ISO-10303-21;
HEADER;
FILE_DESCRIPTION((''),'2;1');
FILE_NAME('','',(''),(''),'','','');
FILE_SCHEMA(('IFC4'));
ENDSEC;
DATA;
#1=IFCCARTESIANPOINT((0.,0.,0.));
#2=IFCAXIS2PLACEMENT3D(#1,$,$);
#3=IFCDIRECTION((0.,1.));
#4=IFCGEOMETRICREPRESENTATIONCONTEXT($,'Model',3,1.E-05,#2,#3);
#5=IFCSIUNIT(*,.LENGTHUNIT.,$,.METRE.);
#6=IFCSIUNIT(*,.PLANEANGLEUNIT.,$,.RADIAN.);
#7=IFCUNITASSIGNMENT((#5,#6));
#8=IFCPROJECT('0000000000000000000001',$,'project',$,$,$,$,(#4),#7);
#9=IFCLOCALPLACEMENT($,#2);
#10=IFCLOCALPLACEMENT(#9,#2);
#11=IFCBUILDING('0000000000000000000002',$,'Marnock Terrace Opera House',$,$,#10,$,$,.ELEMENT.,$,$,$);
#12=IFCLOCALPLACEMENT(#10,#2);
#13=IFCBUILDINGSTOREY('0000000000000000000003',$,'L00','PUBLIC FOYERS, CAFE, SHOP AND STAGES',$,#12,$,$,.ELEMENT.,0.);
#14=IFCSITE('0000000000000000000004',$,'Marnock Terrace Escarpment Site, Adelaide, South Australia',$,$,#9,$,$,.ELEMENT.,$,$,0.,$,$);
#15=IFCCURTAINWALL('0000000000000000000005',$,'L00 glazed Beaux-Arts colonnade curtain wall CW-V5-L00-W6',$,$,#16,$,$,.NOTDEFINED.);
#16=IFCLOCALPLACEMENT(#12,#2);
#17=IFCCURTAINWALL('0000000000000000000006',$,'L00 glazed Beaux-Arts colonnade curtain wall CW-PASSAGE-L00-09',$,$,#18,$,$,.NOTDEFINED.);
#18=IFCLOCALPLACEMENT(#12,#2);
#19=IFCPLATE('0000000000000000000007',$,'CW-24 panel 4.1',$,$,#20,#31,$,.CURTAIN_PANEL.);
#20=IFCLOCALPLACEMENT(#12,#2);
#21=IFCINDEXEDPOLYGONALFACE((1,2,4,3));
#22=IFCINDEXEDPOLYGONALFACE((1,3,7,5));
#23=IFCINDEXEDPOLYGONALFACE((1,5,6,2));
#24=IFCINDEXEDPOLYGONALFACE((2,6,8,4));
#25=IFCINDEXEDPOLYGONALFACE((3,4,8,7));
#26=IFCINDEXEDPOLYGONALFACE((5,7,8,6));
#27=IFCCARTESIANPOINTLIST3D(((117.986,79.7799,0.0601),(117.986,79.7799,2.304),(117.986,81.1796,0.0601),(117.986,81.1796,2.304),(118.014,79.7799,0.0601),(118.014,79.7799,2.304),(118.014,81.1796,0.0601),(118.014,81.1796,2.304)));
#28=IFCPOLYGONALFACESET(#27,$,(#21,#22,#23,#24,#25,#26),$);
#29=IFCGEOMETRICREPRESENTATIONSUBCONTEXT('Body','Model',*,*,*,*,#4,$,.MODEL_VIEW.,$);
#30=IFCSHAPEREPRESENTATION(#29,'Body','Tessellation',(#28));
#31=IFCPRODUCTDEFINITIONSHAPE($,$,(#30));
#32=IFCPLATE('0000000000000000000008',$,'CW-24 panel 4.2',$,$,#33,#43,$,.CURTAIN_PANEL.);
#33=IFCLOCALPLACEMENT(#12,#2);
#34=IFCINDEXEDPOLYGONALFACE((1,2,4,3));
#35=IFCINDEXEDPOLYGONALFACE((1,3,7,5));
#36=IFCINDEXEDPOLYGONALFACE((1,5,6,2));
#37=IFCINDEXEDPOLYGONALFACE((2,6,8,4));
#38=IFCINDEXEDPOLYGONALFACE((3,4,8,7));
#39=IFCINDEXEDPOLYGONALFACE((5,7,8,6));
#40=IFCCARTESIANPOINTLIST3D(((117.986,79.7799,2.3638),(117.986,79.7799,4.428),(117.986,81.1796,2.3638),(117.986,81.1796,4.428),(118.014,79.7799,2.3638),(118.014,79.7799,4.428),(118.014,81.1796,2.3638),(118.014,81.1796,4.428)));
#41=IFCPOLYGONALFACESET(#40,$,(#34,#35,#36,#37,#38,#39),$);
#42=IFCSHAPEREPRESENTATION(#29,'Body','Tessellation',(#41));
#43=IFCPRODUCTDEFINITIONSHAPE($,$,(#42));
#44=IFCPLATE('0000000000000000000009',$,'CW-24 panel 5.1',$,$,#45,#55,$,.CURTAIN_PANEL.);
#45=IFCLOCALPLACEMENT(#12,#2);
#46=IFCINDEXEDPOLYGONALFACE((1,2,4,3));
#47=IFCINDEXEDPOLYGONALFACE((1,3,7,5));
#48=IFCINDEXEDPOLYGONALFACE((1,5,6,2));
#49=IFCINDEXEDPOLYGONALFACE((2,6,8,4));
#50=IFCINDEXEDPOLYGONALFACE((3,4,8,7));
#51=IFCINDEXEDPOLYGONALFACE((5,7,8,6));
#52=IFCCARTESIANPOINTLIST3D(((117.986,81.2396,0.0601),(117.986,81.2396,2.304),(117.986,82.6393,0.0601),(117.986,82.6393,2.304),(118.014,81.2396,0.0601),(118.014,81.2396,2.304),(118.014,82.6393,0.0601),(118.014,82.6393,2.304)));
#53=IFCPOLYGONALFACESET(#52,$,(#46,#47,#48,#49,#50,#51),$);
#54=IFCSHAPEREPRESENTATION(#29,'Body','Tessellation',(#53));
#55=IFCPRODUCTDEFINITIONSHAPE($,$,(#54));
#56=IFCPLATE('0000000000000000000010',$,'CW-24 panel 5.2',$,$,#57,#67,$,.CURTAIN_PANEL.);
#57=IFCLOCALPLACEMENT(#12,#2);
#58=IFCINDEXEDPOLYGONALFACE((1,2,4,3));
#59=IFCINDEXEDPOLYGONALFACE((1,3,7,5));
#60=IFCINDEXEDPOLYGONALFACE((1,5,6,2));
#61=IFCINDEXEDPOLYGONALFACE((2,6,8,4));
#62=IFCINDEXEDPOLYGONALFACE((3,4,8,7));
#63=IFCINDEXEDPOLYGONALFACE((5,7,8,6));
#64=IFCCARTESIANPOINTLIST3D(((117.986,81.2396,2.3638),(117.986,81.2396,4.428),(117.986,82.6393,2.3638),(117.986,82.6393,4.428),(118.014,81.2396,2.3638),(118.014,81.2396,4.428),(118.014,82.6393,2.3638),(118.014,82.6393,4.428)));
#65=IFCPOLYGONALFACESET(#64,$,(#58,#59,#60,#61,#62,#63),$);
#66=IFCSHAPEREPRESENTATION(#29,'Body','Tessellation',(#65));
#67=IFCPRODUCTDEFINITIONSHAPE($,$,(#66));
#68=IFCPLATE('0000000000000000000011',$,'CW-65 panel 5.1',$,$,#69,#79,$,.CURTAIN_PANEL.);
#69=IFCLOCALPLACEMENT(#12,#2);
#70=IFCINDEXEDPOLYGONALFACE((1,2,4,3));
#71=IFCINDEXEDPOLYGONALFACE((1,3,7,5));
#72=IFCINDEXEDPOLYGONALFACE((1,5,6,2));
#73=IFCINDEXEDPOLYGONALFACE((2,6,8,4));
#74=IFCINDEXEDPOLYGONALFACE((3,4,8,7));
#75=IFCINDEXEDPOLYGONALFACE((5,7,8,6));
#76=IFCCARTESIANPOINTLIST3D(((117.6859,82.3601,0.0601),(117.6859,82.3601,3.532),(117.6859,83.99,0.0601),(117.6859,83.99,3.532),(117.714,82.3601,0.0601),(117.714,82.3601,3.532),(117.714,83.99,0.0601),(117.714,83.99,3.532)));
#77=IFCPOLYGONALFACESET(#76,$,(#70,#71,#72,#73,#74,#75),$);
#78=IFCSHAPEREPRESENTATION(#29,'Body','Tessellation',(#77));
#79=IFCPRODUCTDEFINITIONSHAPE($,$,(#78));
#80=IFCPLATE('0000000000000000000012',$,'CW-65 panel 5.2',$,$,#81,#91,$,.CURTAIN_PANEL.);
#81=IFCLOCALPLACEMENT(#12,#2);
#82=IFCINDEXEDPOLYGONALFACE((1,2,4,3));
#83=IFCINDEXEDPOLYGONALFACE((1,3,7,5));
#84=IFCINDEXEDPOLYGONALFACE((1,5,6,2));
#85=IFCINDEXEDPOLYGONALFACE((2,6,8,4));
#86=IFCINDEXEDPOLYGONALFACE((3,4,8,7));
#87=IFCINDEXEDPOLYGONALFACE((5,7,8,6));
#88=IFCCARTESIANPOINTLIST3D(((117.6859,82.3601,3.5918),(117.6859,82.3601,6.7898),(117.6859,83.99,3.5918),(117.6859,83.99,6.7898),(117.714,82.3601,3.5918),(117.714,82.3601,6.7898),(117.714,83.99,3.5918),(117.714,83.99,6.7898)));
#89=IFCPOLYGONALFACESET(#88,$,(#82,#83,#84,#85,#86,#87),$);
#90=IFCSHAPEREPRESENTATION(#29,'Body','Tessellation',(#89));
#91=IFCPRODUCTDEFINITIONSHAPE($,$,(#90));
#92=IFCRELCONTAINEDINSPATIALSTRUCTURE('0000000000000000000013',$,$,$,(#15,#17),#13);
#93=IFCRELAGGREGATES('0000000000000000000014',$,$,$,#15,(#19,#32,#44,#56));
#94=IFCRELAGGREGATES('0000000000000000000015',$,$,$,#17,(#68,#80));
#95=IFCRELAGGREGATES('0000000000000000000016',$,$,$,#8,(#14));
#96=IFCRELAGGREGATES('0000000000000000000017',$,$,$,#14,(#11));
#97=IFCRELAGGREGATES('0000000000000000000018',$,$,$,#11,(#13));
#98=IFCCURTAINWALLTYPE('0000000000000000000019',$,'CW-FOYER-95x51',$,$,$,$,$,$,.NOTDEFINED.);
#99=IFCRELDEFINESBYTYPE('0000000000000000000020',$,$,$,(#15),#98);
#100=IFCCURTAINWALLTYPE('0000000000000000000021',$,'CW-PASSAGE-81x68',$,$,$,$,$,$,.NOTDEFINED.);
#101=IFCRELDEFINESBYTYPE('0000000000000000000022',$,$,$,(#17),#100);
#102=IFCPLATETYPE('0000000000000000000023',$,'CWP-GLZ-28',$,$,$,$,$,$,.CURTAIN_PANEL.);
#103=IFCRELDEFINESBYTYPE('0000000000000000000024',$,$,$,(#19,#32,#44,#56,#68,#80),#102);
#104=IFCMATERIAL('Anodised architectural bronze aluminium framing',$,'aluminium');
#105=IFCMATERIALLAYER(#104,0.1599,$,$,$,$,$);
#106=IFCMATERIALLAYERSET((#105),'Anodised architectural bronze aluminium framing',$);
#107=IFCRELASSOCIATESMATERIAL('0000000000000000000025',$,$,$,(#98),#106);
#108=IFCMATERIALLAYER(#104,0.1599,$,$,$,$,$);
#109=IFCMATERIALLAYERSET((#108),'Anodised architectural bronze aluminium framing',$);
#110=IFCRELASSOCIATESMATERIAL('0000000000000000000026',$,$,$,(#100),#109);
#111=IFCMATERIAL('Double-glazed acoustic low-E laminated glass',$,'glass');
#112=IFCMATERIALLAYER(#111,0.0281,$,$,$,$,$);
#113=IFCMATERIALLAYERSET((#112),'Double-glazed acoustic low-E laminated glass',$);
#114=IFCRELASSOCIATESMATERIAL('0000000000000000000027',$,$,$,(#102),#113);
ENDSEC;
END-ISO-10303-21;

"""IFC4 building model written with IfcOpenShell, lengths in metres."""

from ifc_helpers import new_model, si_unit, direction, frame, origin, origin_2d, place, context, subcontext, project, spatial, rectangle, extrude, material, layer, layer_set, type_object, element, aggregate, save


model = new_model("IFC4")

# Units and contexts
model_context = context("Model", 3, precision=1e-05, world=origin(), true_north=direction((0.0, 1.0)))
body_context = subcontext(model_context, "Body", "Model", "MODEL_VIEW")
ifc_project = project(units=[si_unit("LENGTHUNIT", "METRE"), si_unit("PLANEANGLEUNIT", "RADIAN")], contexts=[model_context])

# Site, building, storey
site_placement = place(None, origin())
site = spatial("IfcSite", under=ifc_project, at=site_placement, Name="Marnock Terrace Escarpment Site, Adelaide, South Australia", CompositionType="ELEMENT", RefElevation=0.0)
building_placement = place(site_placement, origin())
building = spatial("IfcBuilding", under=site, at=building_placement, Name="Marnock Terrace Opera House", CompositionType="ELEMENT")
storey_placement = place(building_placement, origin())
storey = spatial("IfcBuildingStorey", under=building, at=storey_placement, Name="L00", Description="PUBLIC FOYERS, CAFE, SHOP AND STAGES", CompositionType="ELEMENT", Elevation=0.0)

# Curtain wall
ifc_material_1 = material(Name="Anodised architectural bronze aluminium framing", Category="aluminium")
ifc_layer_1 = layer(ifc_material_1, 0.1599)
ifc_layer_set_1 = layer_set([ifc_layer_1], Name="Anodised architectural bronze aluminium framing")
curtain_wall_type_1 = type_object("IfcCurtainWallType", Name="CW-FOYER-95x51", PredefinedType="NOTDEFINED", material=ifc_layer_set_1)
curtain_wall_1_placement = place(storey_placement, origin())
curtain_wall_1 = element("IfcCurtainWall", 1, at=curtain_wall_1_placement, inside=storey, type_object=curtain_wall_type_1, Name="L00 glazed Beaux-Arts colonnade curtain wall CW-V5-L00-W6", PredefinedType="NOTDEFINED")

# Curtain wall
ifc_layer_2 = layer(ifc_material_1, 0.1599)
ifc_layer_set_2 = layer_set([ifc_layer_2], Name="Anodised architectural bronze aluminium framing")
curtain_wall_type_2 = type_object("IfcCurtainWallType", Name="CW-PASSAGE-81x68", PredefinedType="NOTDEFINED", material=ifc_layer_set_2)
curtain_wall_2_placement = place(storey_placement, origin())
curtain_wall_2 = element("IfcCurtainWall", 2, at=curtain_wall_2_placement, inside=storey, type_object=curtain_wall_type_2, Name="L00 glazed Beaux-Arts colonnade curtain wall CW-PASSAGE-L00-09", PredefinedType="NOTDEFINED")

# Plates
ifc_material_2 = material(Name="Double-glazed acoustic low-E laminated glass", Category="glass")
ifc_layer_3 = layer(ifc_material_2, 0.0281)
ifc_layer_set_3 = layer_set([ifc_layer_3], Name="Double-glazed acoustic low-E laminated glass")
plate_type = type_object("IfcPlateType", Name="CWP-GLZ-28", PredefinedType="CURTAIN_PANEL", material=ifc_layer_set_3)
plate_1_placement = place(storey_placement, frame((118.0, 80.4797, 0.0601), z_axis=(0.0, 0.0, 1.0), x_axis=(0.0, 1.0, 0.0)))
plate_1 = element("IfcPlate", 3, at=plate_1_placement, type_object=plate_type, Name="CW-24 panel 4.1", PredefinedType="CURTAIN_PANEL", context=body_context, shape_type="SweptSolid", body=[
    extrude(rectangle(XDim=1.3997, YDim=0.0281, at=origin_2d()), origin(), (0.0, 0.0, 1.0), 2.2439),
])
plate_2_placement = place(storey_placement, frame((118.0, 80.4797, 2.3638), z_axis=(0.0, 0.0, 1.0), x_axis=(0.0, 1.0, 0.0)))
plate_2 = element("IfcPlate", 4, at=plate_2_placement, type_object=plate_type, Name="CW-24 panel 4.2", PredefinedType="CURTAIN_PANEL", context=body_context, shape_type="SweptSolid", body=[
    extrude(rectangle(XDim=1.3997, YDim=0.0281, at=origin_2d()), origin(), (0.0, 0.0, 1.0), 2.0642),
])
plate_3_placement = place(storey_placement, frame((118.0, 81.9395, 0.0601), z_axis=(0.0, 0.0, 1.0), x_axis=(0.0, 1.0, 0.0)))
plate_3 = element("IfcPlate", 5, at=plate_3_placement, type_object=plate_type, Name="CW-24 panel 5.1", PredefinedType="CURTAIN_PANEL", context=body_context, shape_type="SweptSolid", body=[
    extrude(rectangle(XDim=1.3997, YDim=0.0281, at=origin_2d()), origin(), (0.0, 0.0, 1.0), 2.2439),
])
plate_4_placement = place(storey_placement, frame((118.0, 81.9395, 2.3638), z_axis=(0.0, 0.0, 1.0), x_axis=(0.0, 1.0, 0.0)))
plate_4 = element("IfcPlate", 6, at=plate_4_placement, type_object=plate_type, Name="CW-24 panel 5.2", PredefinedType="CURTAIN_PANEL", context=body_context, shape_type="SweptSolid", body=[
    extrude(rectangle(XDim=1.3997, YDim=0.0281, at=origin_2d()), origin(), (0.0, 0.0, 1.0), 2.0642),
])
aggregate(curtain_wall_1, [plate_1, plate_2, plate_3, plate_4])
plate_5_placement = place(storey_placement, frame((117.7, 83.175, 0.0601), z_axis=(0.0, 0.0, 1.0), x_axis=(0.0, 1.0, 0.0)))
plate_5 = element("IfcPlate", 7, at=plate_5_placement, type_object=plate_type, Name="CW-65 panel 5.1", PredefinedType="CURTAIN_PANEL", context=body_context, shape_type="SweptSolid", body=[
    extrude(rectangle(XDim=1.6299, YDim=0.0281, at=origin_2d()), origin(), (0.0, 0.0, 1.0), 3.4719),
])
plate_6_placement = place(storey_placement, frame((117.7, 83.175, 3.5918), z_axis=(0.0, 0.0, 1.0), x_axis=(0.0, 1.0, 0.0)))
plate_6 = element("IfcPlate", 8, at=plate_6_placement, type_object=plate_type, Name="CW-65 panel 5.2", PredefinedType="CURTAIN_PANEL", context=body_context, shape_type="SweptSolid", body=[
    extrude(rectangle(XDim=1.6299, YDim=0.0281, at=origin_2d()), origin(), (0.0, 0.0, 1.0), 3.198),
])
aggregate(curtain_wall_2, [plate_5, plate_6])

save(model, "model.ifc")
